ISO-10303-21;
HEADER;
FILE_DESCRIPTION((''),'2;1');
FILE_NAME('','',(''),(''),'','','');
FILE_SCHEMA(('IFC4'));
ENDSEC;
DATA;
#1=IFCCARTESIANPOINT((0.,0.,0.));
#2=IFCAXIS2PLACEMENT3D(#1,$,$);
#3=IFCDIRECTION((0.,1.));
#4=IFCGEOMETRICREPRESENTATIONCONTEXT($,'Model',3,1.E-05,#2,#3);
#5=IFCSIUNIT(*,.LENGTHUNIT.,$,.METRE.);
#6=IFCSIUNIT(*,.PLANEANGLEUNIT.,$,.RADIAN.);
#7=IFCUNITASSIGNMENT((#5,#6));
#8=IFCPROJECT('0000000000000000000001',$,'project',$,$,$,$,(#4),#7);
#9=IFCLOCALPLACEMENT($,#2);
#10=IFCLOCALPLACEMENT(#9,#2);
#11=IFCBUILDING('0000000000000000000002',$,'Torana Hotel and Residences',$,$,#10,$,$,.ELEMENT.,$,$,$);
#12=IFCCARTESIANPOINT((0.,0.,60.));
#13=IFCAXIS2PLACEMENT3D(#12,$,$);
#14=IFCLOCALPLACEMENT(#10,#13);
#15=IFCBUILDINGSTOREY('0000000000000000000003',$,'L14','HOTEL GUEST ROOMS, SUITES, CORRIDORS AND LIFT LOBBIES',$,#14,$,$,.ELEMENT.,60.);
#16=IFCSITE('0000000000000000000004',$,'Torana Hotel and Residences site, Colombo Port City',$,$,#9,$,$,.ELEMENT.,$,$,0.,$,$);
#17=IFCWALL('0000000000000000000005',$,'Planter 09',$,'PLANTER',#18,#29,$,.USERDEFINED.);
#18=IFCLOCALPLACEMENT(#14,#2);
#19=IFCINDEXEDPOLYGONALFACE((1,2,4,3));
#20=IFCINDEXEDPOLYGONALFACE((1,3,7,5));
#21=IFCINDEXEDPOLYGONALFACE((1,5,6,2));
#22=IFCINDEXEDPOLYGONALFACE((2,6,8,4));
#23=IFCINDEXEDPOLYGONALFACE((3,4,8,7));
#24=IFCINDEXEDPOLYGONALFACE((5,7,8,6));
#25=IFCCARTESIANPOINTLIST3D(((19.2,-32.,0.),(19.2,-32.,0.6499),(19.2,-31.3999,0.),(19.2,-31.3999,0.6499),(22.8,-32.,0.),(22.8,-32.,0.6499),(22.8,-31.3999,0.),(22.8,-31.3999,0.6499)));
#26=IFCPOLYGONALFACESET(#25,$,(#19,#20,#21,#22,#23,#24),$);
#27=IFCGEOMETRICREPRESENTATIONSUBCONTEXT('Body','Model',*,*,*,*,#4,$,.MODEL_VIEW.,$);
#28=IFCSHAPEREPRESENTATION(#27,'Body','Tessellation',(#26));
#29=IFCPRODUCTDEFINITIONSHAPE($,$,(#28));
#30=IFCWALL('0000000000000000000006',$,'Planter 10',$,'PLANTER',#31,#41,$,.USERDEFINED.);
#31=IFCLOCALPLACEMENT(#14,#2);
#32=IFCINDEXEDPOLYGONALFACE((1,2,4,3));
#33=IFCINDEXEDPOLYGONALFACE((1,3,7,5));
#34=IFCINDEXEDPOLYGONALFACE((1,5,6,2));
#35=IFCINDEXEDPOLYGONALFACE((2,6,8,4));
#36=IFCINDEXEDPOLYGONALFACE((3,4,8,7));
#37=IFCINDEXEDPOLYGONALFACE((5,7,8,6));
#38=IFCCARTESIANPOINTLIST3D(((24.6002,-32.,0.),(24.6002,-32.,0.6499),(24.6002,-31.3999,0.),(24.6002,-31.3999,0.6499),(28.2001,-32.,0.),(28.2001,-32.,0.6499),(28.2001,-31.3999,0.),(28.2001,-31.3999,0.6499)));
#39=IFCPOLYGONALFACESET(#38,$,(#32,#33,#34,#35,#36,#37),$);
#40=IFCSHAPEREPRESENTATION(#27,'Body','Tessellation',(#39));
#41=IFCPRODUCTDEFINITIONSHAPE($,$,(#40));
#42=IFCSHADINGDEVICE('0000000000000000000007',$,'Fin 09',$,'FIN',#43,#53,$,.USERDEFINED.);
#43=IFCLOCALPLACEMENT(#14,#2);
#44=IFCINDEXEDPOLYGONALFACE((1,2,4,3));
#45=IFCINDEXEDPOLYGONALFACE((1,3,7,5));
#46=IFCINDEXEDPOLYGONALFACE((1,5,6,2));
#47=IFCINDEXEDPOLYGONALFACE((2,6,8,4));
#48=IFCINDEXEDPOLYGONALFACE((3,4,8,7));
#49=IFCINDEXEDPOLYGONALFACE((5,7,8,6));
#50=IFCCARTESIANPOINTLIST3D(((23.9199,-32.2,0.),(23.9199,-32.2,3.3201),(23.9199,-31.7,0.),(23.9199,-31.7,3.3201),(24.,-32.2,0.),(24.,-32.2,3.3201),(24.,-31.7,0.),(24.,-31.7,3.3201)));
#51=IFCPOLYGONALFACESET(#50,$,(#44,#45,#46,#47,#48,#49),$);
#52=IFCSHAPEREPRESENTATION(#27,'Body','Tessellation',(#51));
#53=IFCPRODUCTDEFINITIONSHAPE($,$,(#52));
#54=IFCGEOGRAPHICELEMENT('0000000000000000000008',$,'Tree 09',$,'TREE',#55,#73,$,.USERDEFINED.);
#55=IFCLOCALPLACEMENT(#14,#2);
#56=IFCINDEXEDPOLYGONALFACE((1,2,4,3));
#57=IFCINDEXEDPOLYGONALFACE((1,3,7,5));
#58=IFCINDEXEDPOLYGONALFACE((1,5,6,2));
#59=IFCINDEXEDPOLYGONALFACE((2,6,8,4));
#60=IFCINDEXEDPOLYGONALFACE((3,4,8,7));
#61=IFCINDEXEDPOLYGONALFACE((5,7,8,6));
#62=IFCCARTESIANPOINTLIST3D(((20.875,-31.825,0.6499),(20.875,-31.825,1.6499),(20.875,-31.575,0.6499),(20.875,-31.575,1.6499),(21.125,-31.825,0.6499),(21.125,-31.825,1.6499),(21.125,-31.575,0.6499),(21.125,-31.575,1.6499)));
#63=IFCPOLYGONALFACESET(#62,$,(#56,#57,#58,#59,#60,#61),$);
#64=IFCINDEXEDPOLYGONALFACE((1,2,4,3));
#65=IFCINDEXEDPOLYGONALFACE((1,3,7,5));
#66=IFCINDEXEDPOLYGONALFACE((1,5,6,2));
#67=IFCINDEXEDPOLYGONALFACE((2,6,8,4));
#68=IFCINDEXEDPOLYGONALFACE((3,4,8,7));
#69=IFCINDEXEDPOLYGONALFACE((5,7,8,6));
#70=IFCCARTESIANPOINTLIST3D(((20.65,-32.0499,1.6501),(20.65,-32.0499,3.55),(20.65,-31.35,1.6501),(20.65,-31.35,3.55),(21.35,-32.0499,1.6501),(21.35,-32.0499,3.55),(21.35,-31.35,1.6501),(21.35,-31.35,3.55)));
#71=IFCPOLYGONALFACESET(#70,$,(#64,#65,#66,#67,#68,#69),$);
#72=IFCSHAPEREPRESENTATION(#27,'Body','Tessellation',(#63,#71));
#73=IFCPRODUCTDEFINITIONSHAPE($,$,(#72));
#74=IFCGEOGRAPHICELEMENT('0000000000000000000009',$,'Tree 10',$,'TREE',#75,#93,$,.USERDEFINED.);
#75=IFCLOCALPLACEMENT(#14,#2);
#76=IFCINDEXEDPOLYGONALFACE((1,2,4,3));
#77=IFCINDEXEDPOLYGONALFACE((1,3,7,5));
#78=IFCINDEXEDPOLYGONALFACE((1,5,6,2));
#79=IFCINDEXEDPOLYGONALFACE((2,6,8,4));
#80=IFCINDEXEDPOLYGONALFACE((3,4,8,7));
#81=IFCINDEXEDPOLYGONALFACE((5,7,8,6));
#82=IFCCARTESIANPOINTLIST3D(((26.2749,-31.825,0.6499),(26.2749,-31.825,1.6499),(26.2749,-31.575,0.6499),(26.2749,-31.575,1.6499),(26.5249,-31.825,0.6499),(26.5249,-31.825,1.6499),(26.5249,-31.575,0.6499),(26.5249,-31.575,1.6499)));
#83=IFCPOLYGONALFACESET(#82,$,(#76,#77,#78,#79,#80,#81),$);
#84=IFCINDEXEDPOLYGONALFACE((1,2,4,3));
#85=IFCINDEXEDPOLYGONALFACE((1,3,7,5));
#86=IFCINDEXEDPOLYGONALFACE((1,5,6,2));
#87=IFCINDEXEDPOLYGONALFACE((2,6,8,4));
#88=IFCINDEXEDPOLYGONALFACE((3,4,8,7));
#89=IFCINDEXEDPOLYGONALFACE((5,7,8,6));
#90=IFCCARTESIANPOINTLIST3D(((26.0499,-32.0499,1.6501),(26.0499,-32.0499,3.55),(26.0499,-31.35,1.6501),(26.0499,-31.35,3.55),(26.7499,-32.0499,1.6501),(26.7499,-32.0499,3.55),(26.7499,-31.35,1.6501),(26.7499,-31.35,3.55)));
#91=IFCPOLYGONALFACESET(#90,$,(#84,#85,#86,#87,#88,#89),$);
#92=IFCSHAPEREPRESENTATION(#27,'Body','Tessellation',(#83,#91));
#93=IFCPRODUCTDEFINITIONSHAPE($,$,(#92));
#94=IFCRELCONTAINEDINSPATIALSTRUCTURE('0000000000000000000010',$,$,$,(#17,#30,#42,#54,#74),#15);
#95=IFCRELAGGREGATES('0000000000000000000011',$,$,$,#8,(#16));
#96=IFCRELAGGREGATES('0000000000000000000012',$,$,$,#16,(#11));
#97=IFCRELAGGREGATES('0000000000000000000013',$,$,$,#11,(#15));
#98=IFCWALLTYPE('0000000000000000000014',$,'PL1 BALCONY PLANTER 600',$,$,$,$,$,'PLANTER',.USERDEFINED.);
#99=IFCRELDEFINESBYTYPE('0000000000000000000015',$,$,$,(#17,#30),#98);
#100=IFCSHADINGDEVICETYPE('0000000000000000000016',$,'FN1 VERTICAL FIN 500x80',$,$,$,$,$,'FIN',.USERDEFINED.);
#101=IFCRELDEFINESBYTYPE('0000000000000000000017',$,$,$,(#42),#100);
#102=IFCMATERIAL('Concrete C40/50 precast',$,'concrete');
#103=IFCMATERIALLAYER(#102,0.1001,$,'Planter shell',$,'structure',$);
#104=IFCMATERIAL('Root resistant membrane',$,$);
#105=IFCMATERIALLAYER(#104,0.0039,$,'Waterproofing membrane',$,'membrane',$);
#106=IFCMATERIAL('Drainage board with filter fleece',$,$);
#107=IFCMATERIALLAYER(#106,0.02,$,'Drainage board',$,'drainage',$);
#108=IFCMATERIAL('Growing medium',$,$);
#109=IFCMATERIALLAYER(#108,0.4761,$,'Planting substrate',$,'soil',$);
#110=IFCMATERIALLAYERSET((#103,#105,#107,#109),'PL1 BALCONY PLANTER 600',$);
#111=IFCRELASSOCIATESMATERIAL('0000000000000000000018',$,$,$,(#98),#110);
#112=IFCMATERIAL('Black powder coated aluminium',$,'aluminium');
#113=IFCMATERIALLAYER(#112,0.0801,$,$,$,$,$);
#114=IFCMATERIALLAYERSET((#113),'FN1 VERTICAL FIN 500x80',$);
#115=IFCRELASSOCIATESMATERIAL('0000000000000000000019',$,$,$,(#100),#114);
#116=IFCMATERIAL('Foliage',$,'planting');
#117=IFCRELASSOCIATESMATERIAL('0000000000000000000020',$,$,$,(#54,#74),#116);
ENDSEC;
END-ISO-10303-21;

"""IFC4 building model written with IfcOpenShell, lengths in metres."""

from ifc_helpers import new_model, si_unit, direction, frame, frame_2d, origin, origin_2d, place, context, subcontext, project, spatial, rectangle, extrude, material, layer, layer_set, type_object, element, save


model = new_model("IFC4")

# Units and contexts
model_context = context("Model", 3, precision=1e-05, world=origin(), true_north=direction((0.0, 1.0)))
body_context = subcontext(model_context, "Body", "Model", "MODEL_VIEW")
ifc_project = project(units=[si_unit("LENGTHUNIT", "METRE"), si_unit("PLANEANGLEUNIT", "RADIAN")], contexts=[model_context])

# Site, building, storey
site_placement = place(None, origin())
site = spatial("IfcSite", under=ifc_project, at=site_placement, Name="Torana Hotel and Residences site, Colombo Port City", CompositionType="ELEMENT", RefElevation=0.0)
building_placement = place(site_placement, origin())
building = spatial("IfcBuilding", under=site, at=building_placement, Name="Torana Hotel and Residences", CompositionType="ELEMENT")
storey_placement = place(building_placement, frame((0.0, 0.0, 60.0)))
storey = spatial("IfcBuildingStorey", under=building, at=storey_placement, Name="L14", Description="HOTEL GUEST ROOMS, SUITES, CORRIDORS AND LIFT LOBBIES", CompositionType="ELEMENT", Elevation=60.0)

# Walls
ifc_material_1 = material(Name="Concrete C40/50 precast", Category="concrete")
ifc_layer_1 = layer(ifc_material_1, 0.1001, Name="Planter shell", Category="structure")
ifc_material_2 = material(Name="Root resistant membrane")
ifc_layer_2 = layer(ifc_material_2, 0.0039, Name="Waterproofing membrane", Category="membrane")
ifc_material_3 = material(Name="Drainage board with filter fleece")
ifc_layer_3 = layer(ifc_material_3, 0.02, Name="Drainage board", Category="drainage")
ifc_material_4 = material(Name="Growing medium")
ifc_layer_4 = layer(ifc_material_4, 0.4761, Name="Planting substrate", Category="soil")
ifc_layer_set_1 = layer_set([ifc_layer_1, ifc_layer_2, ifc_layer_3, ifc_layer_4], Name="PL1 BALCONY PLANTER 600")
wall_type_1 = type_object("IfcWallType", Name="PL1 BALCONY PLANTER 600", ElementType="PLANTER", PredefinedType="USERDEFINED", material=ifc_layer_set_1)
for number, where, z_axis, x_axis, name in (
    (1, (22.8, -31.7, 0.0), (0.0, 0.0, 1.0), (-1.0, 0.0, 0.0), "Planter 09"),
):
    element("IfcWall", number, at=place(storey_placement, frame(where, z_axis=z_axis, x_axis=x_axis)), inside=storey, type_object=wall_type_1, Name=name, ObjectType="PLANTER", PredefinedType="USERDEFINED", context=body_context, shape_type="SweptSolid", body=[
        extrude(rectangle(XDim=3.6001, YDim=0.6001, at=frame_2d((1.8, 0.0))), origin(), (0.0, 0.0, 1.0), 0.6499),
    ])
wall_1_placement = place(storey_placement, frame((28.2, -31.7, 0.0), z_axis=(0.0, 0.0, 1.0), x_axis=(-1.0, 0.0, 0.0)))
element("IfcWall", 2, at=wall_1_placement, inside=storey, type_object=wall_type_1, Name="Planter 10", ObjectType="PLANTER", PredefinedType="USERDEFINED", context=body_context, shape_type="SweptSolid", body=[
    extrude(rectangle(XDim=3.5999, YDim=0.6001, at=frame_2d((1.7998, 0.0))), origin(), (0.0, 0.0, 1.0), 0.6499),
])

# Shading device
ifc_material_5 = material(Name="Black powder coated aluminium", Category="aluminium")
ifc_layer_5 = layer(ifc_material_5, 0.0801)
ifc_layer_set_2 = layer_set([ifc_layer_5], Name="FN1 VERTICAL FIN 500x80")
shading_device_type = type_object("IfcShadingDeviceType", Name="FN1 VERTICAL FIN 500x80", ElementType="FIN", PredefinedType="USERDEFINED", material=ifc_layer_set_2)
shading_device_placement = place(storey_placement, frame((23.96, -31.95, 0.0), z_axis=(0.0, 0.0, 1.0), x_axis=(-1.0, 0.0, 0.0)))
element("IfcShadingDevice", 3, at=shading_device_placement, inside=storey, type_object=shading_device_type, Name="Fin 09", ObjectType="FIN", PredefinedType="USERDEFINED", context=body_context, shape_type="SweptSolid", body=[
    extrude(rectangle(XDim=0.0801, YDim=0.5, at=origin_2d()), origin(), (0.0, 0.0, 1.0), 3.3201),
])

# Geographic elements
ifc_material_6 = material(Name="Foliage", Category="planting")
for number, where, z_axis, x_axis, name in (
    (4, (21.0, -31.7, 0.6499), (0.0, 0.0, 1.0), (1.0, 0.0, 0.0), "Tree 09"),
    (5, (26.3999, -31.7, 0.6499), (0.0, 0.0, 1.0), (1.0, 0.0, 0.0), "Tree 10"),
):
    element("IfcGeographicElement", number, at=place(storey_placement, frame(where, z_axis=z_axis, x_axis=x_axis)), inside=storey, material=ifc_material_6, Name=name, ObjectType="TREE", PredefinedType="USERDEFINED", context=body_context, shape_type="SweptSolid", body=[
        extrude(rectangle(XDim=0.25, YDim=0.25, at=origin_2d()), origin(), (0.0, 0.0, 1.0), 1.0),
        extrude(rectangle(XDim=0.7, YDim=0.7, at=origin_2d()), frame((0.0, 0.0, 1.0002)), (0.0, 0.0, 1.0), 1.8999),
    ])

save(model, "model.ifc")
